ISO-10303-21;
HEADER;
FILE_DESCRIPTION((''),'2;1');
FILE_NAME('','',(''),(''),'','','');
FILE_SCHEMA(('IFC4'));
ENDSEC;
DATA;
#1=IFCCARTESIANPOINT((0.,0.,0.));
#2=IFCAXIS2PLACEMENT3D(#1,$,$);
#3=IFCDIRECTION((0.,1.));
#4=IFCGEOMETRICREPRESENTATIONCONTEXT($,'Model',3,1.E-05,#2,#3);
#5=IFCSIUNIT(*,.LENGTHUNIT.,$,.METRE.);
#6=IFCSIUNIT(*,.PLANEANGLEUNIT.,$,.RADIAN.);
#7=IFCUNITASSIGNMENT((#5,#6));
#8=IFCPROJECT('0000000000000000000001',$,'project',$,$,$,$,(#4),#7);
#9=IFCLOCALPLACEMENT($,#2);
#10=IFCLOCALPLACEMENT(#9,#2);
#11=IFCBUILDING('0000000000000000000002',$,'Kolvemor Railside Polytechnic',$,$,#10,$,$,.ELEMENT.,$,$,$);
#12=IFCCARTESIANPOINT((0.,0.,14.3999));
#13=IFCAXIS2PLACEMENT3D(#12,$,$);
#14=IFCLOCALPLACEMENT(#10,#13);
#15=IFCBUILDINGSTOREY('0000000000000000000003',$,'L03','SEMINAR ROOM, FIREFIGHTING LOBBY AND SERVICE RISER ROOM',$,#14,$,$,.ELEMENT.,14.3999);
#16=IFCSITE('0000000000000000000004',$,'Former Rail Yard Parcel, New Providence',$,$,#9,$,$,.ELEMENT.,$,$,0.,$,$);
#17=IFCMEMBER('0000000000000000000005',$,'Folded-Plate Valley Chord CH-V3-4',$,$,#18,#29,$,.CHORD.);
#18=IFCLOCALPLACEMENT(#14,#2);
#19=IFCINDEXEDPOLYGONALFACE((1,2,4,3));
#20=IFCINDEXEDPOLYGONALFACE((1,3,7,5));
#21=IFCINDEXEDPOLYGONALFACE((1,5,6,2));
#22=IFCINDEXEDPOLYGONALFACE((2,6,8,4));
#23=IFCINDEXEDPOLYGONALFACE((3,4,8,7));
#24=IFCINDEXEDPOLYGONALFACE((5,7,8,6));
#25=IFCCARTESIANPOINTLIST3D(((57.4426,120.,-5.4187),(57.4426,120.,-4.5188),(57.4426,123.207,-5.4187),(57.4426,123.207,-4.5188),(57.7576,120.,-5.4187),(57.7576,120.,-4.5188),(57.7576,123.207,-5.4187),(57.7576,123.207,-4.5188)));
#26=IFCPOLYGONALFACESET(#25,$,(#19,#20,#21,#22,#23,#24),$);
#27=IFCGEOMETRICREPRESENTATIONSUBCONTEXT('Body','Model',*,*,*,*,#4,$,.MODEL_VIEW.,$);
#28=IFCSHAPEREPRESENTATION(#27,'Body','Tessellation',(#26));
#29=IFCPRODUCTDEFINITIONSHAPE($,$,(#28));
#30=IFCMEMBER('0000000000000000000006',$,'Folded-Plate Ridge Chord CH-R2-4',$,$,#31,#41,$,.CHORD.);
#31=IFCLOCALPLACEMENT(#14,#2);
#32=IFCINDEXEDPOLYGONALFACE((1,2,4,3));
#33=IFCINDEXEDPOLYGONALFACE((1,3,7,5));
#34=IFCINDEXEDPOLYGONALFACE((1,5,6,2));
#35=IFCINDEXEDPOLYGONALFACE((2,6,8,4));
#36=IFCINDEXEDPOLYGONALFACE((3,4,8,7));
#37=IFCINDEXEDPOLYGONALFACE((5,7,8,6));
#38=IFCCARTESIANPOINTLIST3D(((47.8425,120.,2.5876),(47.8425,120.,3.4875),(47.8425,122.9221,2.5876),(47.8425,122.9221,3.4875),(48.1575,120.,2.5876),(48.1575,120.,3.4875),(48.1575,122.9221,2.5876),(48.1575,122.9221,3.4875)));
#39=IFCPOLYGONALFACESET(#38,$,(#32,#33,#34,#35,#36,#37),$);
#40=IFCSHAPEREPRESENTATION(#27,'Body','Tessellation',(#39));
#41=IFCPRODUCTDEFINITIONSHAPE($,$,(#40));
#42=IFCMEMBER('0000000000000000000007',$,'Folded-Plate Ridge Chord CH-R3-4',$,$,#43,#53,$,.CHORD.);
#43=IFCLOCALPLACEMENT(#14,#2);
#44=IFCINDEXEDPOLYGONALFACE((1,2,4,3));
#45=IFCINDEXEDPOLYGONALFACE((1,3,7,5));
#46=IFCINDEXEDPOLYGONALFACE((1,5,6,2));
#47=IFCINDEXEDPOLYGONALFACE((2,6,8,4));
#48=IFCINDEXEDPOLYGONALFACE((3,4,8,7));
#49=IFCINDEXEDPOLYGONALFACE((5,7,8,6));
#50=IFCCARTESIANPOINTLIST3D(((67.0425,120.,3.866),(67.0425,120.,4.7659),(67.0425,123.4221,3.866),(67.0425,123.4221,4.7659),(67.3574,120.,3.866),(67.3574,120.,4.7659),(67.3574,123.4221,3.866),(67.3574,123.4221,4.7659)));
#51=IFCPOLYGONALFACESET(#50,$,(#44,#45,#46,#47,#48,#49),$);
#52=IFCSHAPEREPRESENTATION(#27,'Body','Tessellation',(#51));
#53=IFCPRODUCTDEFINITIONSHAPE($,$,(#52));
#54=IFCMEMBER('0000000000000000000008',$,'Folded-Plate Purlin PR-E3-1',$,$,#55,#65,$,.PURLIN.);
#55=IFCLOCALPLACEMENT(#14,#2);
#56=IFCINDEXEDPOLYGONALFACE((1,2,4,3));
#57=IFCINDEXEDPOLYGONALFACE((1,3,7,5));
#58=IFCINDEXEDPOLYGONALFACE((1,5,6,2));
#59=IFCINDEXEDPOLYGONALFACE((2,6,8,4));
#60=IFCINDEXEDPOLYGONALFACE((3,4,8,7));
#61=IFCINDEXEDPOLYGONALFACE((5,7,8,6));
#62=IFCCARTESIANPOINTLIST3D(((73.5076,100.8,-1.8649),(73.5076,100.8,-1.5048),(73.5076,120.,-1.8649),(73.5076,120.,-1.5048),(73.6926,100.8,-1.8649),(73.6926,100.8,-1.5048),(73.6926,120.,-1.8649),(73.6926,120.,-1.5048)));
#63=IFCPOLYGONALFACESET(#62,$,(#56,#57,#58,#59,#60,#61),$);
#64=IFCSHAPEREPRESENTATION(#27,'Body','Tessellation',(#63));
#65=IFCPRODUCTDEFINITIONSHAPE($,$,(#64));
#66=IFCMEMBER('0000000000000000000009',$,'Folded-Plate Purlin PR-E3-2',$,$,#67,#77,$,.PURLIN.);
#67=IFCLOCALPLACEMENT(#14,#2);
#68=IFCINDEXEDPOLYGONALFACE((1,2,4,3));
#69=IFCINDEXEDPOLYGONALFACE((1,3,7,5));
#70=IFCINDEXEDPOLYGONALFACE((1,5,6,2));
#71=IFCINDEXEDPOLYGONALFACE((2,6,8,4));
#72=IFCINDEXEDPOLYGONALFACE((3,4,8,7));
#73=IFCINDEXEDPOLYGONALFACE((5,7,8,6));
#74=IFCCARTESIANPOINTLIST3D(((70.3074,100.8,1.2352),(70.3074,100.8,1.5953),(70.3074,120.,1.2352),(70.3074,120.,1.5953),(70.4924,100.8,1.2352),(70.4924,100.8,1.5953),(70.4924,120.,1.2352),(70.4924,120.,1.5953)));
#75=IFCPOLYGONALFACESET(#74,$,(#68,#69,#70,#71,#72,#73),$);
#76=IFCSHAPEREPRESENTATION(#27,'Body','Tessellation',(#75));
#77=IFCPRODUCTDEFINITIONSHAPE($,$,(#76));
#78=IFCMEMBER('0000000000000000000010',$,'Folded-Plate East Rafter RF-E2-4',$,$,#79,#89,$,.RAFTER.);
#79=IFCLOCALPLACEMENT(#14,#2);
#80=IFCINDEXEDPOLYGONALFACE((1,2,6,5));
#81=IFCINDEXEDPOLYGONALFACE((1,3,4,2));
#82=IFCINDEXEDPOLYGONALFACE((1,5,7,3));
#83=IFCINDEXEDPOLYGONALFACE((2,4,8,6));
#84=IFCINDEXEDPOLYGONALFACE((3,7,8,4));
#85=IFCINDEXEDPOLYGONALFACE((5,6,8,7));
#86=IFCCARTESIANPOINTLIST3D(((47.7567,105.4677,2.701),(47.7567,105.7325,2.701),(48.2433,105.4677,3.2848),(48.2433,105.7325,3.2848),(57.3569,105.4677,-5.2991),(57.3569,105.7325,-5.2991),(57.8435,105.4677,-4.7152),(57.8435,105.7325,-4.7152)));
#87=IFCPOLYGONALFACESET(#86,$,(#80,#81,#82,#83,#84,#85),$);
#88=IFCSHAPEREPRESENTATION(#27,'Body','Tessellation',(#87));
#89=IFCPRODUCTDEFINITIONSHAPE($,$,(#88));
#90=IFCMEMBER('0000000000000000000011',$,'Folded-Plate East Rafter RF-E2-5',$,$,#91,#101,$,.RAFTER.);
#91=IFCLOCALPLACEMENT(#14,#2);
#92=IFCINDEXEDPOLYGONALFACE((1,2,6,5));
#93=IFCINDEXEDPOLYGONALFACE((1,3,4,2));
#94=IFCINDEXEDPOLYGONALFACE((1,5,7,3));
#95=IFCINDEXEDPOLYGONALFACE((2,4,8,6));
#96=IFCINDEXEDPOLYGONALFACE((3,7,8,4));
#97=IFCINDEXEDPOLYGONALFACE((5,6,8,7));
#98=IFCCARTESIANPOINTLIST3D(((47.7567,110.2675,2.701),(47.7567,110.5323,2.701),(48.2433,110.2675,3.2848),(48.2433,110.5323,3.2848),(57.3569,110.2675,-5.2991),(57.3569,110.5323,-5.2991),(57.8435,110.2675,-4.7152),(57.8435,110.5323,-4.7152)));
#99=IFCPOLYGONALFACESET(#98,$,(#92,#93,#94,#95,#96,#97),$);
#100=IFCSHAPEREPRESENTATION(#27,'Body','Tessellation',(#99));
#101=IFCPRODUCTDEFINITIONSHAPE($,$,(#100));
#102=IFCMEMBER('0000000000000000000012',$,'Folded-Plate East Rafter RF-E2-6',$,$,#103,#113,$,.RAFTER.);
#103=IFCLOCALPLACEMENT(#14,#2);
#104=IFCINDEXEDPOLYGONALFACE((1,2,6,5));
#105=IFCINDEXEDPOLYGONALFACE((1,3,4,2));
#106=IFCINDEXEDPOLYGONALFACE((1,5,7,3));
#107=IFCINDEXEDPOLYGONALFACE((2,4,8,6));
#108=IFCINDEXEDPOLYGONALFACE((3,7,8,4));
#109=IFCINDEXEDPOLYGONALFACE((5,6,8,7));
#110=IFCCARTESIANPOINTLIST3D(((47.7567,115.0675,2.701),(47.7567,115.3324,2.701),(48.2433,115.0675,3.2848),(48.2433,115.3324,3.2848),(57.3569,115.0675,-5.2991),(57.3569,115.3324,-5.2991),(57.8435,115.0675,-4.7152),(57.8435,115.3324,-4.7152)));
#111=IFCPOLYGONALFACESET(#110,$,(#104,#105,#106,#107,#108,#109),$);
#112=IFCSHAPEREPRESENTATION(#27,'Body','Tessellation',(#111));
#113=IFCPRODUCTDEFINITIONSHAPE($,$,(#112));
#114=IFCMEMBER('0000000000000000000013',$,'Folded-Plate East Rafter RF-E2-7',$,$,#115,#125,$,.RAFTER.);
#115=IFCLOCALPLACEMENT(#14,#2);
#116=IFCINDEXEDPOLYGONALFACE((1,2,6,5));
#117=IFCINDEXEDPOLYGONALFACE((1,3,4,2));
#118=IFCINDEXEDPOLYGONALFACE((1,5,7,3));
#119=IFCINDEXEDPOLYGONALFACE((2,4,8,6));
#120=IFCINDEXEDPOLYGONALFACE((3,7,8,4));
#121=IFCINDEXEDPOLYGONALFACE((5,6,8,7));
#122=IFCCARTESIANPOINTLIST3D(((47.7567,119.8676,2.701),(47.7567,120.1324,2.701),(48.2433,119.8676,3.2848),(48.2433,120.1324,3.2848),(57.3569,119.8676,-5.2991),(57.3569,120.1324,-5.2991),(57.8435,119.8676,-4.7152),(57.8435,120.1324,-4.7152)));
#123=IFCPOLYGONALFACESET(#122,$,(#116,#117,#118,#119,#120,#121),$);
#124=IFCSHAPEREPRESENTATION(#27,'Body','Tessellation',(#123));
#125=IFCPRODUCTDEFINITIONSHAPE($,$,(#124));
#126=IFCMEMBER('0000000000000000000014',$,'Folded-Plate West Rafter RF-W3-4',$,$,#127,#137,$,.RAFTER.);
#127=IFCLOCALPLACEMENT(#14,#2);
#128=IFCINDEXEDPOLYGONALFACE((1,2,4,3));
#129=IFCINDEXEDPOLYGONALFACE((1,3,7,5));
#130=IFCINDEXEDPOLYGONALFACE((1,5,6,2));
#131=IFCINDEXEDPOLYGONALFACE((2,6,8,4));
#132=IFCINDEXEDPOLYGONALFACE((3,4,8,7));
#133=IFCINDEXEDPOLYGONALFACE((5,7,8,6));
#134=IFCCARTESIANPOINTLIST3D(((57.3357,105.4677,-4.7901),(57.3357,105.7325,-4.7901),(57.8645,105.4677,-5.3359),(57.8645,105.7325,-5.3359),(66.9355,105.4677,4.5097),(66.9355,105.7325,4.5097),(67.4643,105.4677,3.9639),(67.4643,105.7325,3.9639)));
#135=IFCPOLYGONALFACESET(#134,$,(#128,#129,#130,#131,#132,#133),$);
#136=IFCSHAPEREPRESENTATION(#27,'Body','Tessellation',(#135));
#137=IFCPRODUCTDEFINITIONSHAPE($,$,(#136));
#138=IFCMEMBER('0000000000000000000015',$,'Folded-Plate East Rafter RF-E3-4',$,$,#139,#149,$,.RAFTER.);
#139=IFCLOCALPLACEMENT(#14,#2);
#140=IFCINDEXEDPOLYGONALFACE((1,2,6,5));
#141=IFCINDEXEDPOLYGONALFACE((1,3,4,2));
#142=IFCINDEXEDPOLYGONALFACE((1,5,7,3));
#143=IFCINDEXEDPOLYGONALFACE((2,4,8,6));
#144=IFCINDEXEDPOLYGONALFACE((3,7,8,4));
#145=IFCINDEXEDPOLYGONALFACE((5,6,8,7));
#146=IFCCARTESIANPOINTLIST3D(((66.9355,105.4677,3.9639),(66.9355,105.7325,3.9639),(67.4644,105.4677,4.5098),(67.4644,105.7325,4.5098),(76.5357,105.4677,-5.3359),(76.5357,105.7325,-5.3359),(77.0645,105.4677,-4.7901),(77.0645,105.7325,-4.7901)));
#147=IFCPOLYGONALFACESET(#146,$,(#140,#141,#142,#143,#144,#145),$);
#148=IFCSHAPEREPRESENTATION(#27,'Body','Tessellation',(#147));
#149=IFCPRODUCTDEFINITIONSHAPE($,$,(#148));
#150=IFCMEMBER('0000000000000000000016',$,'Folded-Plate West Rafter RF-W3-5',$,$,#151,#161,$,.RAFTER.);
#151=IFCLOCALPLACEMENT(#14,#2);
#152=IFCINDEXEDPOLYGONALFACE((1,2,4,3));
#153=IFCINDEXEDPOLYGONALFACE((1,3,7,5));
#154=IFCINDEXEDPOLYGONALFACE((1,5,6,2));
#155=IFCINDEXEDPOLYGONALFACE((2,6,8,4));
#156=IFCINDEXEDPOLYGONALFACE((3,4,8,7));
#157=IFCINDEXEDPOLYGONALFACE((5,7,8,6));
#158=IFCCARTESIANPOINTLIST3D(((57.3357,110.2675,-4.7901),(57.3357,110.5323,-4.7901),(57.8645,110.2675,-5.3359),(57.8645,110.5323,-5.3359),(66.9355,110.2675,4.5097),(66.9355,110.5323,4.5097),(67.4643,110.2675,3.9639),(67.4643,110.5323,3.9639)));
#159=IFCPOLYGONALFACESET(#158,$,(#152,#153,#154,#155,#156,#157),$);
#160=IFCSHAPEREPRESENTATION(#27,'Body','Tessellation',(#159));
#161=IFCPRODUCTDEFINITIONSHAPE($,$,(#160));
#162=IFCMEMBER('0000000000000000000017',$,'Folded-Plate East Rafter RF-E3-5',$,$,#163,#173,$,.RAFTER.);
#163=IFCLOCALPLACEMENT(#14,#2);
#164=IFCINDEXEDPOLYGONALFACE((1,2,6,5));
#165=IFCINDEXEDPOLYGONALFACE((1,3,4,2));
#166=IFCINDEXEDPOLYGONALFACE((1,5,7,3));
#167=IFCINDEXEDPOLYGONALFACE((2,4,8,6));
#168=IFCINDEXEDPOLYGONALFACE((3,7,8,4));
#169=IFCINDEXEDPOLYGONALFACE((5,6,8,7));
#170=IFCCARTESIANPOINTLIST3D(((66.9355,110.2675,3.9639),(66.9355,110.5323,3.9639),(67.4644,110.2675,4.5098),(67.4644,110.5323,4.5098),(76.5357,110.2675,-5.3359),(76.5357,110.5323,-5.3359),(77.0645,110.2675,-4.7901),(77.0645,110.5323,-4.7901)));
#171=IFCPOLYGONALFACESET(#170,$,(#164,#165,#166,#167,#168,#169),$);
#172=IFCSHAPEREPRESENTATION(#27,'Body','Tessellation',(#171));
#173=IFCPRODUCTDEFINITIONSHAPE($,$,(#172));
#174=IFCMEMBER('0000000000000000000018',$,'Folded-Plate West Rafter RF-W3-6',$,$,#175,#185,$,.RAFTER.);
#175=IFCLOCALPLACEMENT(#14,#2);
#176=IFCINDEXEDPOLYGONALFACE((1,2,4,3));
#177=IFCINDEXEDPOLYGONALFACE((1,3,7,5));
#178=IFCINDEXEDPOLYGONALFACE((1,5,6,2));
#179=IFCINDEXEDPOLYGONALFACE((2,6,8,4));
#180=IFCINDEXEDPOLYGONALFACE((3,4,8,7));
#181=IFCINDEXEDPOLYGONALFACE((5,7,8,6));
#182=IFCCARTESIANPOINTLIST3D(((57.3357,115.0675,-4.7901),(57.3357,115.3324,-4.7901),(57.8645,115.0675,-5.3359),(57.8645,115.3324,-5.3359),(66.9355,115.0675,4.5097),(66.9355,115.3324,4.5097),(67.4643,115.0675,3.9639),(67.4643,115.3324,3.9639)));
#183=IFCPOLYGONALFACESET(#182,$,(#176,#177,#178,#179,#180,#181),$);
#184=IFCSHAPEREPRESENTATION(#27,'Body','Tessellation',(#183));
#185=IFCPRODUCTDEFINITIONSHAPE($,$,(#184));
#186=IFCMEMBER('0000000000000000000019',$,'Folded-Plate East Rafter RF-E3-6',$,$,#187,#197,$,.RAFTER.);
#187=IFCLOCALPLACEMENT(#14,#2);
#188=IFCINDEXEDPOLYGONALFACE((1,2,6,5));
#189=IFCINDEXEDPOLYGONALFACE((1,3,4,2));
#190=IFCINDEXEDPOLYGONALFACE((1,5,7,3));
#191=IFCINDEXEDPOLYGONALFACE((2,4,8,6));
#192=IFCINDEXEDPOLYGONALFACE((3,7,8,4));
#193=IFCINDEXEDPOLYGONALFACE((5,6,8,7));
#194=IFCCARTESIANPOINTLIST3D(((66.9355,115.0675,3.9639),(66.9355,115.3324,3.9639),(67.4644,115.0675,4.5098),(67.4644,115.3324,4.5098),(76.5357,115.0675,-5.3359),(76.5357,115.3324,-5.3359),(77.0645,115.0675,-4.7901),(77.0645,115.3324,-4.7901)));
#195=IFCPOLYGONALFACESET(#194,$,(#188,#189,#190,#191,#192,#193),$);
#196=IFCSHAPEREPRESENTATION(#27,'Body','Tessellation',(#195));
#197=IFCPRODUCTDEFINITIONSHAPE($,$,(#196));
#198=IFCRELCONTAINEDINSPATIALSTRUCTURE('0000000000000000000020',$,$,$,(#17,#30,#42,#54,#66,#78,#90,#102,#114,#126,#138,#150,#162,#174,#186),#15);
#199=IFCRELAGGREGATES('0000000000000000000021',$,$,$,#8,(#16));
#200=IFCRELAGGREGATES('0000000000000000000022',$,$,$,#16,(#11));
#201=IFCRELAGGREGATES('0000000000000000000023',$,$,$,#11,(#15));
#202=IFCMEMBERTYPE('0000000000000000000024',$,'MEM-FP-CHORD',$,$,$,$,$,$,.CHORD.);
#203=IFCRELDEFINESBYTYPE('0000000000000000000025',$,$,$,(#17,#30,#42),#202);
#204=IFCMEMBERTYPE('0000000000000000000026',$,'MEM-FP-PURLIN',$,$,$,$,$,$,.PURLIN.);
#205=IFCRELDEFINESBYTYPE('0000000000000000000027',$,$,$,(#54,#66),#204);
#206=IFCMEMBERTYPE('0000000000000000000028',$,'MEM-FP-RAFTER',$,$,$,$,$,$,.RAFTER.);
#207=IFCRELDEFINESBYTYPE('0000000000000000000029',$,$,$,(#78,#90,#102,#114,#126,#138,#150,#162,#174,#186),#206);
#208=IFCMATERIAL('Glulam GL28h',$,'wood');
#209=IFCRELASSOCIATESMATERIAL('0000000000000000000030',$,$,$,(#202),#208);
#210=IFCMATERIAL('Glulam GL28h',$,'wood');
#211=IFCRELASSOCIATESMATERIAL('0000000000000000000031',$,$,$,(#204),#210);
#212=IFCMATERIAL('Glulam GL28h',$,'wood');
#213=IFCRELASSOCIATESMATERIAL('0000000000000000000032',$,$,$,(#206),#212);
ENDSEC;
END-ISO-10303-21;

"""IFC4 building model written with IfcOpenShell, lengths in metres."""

from ifc_helpers import new_model, si_unit, direction, frame, origin, origin_2d, place, context, subcontext, project, spatial, rectangle, extrude, material, material_profile, profile_set, type_object, element, save


model = new_model("IFC4")

# Units and contexts
model_context = context("Model", 3, precision=1e-05, world=origin(), true_north=direction((0.0, 1.0)))
body_context = subcontext(model_context, "Body", "Model", "MODEL_VIEW")
ifc_project = project(units=[si_unit("LENGTHUNIT", "METRE"), si_unit("PLANEANGLEUNIT", "RADIAN")], contexts=[model_context])

# Site, building, storey
site_placement = place(None, origin())
site = spatial("IfcSite", under=ifc_project, at=site_placement, Name="Former Rail Yard Parcel, New Providence", CompositionType="ELEMENT", RefElevation=0.0)
building_placement = place(site_placement, origin())
building = spatial("IfcBuilding", under=site, at=building_placement, Name="Kolvemor Railside Polytechnic", CompositionType="ELEMENT")
storey_placement = place(building_placement, frame((0.0, 0.0, 14.3999)))
storey = spatial("IfcBuildingStorey", under=building, at=storey_placement, Name="L03", Description="SEMINAR ROOM, FIREFIGHTING LOBBY AND SERVICE RISER ROOM", CompositionType="ELEMENT", Elevation=14.3999)

# Members
ifc_material_1 = material(Name="Glulam GL28h", Category="wood")
ifc_material_profile_1 = material_profile(ifc_material_1, rectangle(XDim=0.3149, YDim=0.8999, at=origin_2d()), Name="GL315x900")
ifc_profile_set_1 = profile_set([ifc_material_profile_1], Name="Glulam GL28h")
member_type_1 = type_object("IfcMemberType", Name="MEM-FP-CHORD", PredefinedType="CHORD", material=ifc_profile_set_1)
member_1_placement = place(storey_placement, frame((57.6001, 120.0, -4.9688), z_axis=(0.0, 1.0, 0.0), x_axis=(-1.0, 0.0, 0.0)))
element("IfcMember", 1, at=member_1_placement, inside=storey, type_object=member_type_1, Name="Folded-Plate Valley Chord CH-V3-4", PredefinedType="CHORD", context=body_context, shape_type="SweptSolid", body=[
    extrude(rectangle(XDim=0.3149, YDim=0.8999, at=origin_2d()), origin(), (0.0, 0.0, 1.0), 3.207),
])
member_2_placement = place(storey_placement, frame((48.0, 120.0, 3.0376), z_axis=(0.0, 1.0, 0.0), x_axis=(-1.0, 0.0, 0.0)))
element("IfcMember", 2, at=member_2_placement, inside=storey, type_object=member_type_1, Name="Folded-Plate Ridge Chord CH-R2-4", PredefinedType="CHORD", context=body_context, shape_type="SweptSolid", body=[
    extrude(rectangle(XDim=0.3149, YDim=0.8999, at=origin_2d()), origin(), (0.0, 0.0, 1.0), 2.9221),
])
member_3_placement = place(storey_placement, frame((67.2, 120.0, 4.3159), z_axis=(0.0, 1.0, 0.0), x_axis=(-1.0, 0.0, 0.0)))
element("IfcMember", 3, at=member_3_placement, inside=storey, type_object=member_type_1, Name="Folded-Plate Ridge Chord CH-R3-4", PredefinedType="CHORD", context=body_context, shape_type="SweptSolid", body=[
    extrude(rectangle(XDim=0.3149, YDim=0.8999, at=origin_2d()), origin(), (0.0, 0.0, 1.0), 3.4221),
])
ifc_material_2 = material(Name="Glulam GL28h", Category="wood")
ifc_material_profile_2 = material_profile(ifc_material_2, rectangle(XDim=0.1851, YDim=0.3601, at=origin_2d()), Name="GL185x360")
ifc_profile_set_2 = profile_set([ifc_material_profile_2], Name="Glulam GL28h")
member_type_2 = type_object("IfcMemberType", Name="MEM-FP-PURLIN", PredefinedType="PURLIN", material=ifc_profile_set_2)
for number, where, z_axis, x_axis, name in (
    (4, (73.6001, 100.8, -1.6848), (0.0, 1.0, 0.0), (-1.0, 0.0, 0.0), "Folded-Plate Purlin PR-E3-1"),
    (5, (70.3999, 100.8, 1.4153), (0.0, 1.0, 0.0), (-1.0, 0.0, 0.0), "Folded-Plate Purlin PR-E3-2"),
):
    element("IfcMember", number, at=place(storey_placement, frame(where, z_axis=z_axis, x_axis=x_axis)), inside=storey, type_object=member_type_2, Name=name, PredefinedType="PURLIN", context=body_context, shape_type="SweptSolid", body=[
        extrude(rectangle(XDim=0.1851, YDim=0.3601, at=origin_2d()), origin(), (0.0, 0.0, 1.0), 19.2),
    ])
ifc_material_3 = material(Name="Glulam GL28h", Category="wood")
ifc_material_profile_3 = material_profile(ifc_material_3, rectangle(XDim=0.2649, YDim=0.76, at=origin_2d()), Name="GL265x760")
ifc_profile_set_3 = profile_set([ifc_material_profile_3], Name="Glulam GL28h")
member_type_3 = type_object("IfcMemberType", Name="MEM-FP-RAFTER", PredefinedType="RAFTER", material=ifc_profile_set_3)
for number, where, z_axis, x_axis, name in (
    (6, (48.0, 105.6001, 2.9929), (0.768224, 0.0, -0.640181), (0.0, 1.0, 0.0), "Folded-Plate East Rafter RF-E2-4"),
    (7, (48.0, 110.3999, 2.9929), (0.768224, 0.0, -0.640181), (0.0, 1.0, 0.0), "Folded-Plate East Rafter RF-E2-5"),
    (8, (48.0, 115.2, 2.9929), (0.768224, 0.0, -0.640181), (0.0, 1.0, 0.0), "Folded-Plate East Rafter RF-E2-6"),
    (9, (48.0, 120.0, 2.9929), (0.768224, 0.0, -0.640181), (0.0, 1.0, 0.0), "Folded-Plate East Rafter RF-E2-7"),
):
    element("IfcMember", number, at=place(storey_placement, frame(where, z_axis=z_axis, x_axis=x_axis)), inside=storey, type_object=member_type_3, Name=name, PredefinedType="RAFTER", context=body_context, shape_type="SweptSolid", body=[
        extrude(rectangle(XDim=0.2649, YDim=0.76, at=origin_2d()), origin(), (0.0, 0.0, 1.0), 12.4966),
    ])
member_4_placement = place(storey_placement, frame((57.6001, 105.6001, -5.063), z_axis=(0.718242, 0.0, 0.695793), x_axis=(0.0, 1.0, 0.0)))
element("IfcMember", 10, at=member_4_placement, inside=storey, type_object=member_type_3, Name="Folded-Plate West Rafter RF-W3-4", PredefinedType="RAFTER", context=body_context, shape_type="SweptSolid", body=[
    extrude(rectangle(XDim=0.2649, YDim=0.76, at=origin_2d()), origin(), (0.0, 0.0, 1.0), 13.3657),
])
member_5_placement = place(storey_placement, frame((67.2, 105.6001, 4.2368), z_axis=(0.718251, 0.0, -0.695784), x_axis=(0.0, 1.0, 0.0)))
element("IfcMember", 11, at=member_5_placement, inside=storey, type_object=member_type_3, Name="Folded-Plate East Rafter RF-E3-4", PredefinedType="RAFTER", context=body_context, shape_type="SweptSolid", body=[
    extrude(rectangle(XDim=0.2649, YDim=0.76, at=origin_2d()), origin(), (0.0, 0.0, 1.0), 13.366),
])
member_6_placement = place(storey_placement, frame((57.6001, 110.3999, -5.063), z_axis=(0.718242, 0.0, 0.695793), x_axis=(0.0, 1.0, 0.0)))
element("IfcMember", 12, at=member_6_placement, inside=storey, type_object=member_type_3, Name="Folded-Plate West Rafter RF-W3-5", PredefinedType="RAFTER", context=body_context, shape_type="SweptSolid", body=[
    extrude(rectangle(XDim=0.2649, YDim=0.76, at=origin_2d()), origin(), (0.0, 0.0, 1.0), 13.3657),
])
member_7_placement = place(storey_placement, frame((67.2, 110.3999, 4.2368), z_axis=(0.718251, 0.0, -0.695784), x_axis=(0.0, 1.0, 0.0)))
element("IfcMember", 13, at=member_7_placement, inside=storey, type_object=member_type_3, Name="Folded-Plate East Rafter RF-E3-5", PredefinedType="RAFTER", context=body_context, shape_type="SweptSolid", body=[
    extrude(rectangle(XDim=0.2649, YDim=0.76, at=origin_2d()), origin(), (0.0, 0.0, 1.0), 13.366),
])
member_8_placement = place(storey_placement, frame((57.6001, 115.2, -5.063), z_axis=(0.718242, 0.0, 0.695793), x_axis=(0.0, 1.0, 0.0)))
element("IfcMember", 14, at=member_8_placement, inside=storey, type_object=member_type_3, Name="Folded-Plate West Rafter RF-W3-6", PredefinedType="RAFTER", context=body_context, shape_type="SweptSolid", body=[
    extrude(rectangle(XDim=0.2649, YDim=0.76, at=origin_2d()), origin(), (0.0, 0.0, 1.0), 13.3657),
])
member_9_placement = place(storey_placement, frame((67.2, 115.2, 4.2368), z_axis=(0.718251, 0.0, -0.695784), x_axis=(0.0, 1.0, 0.0)))
element("IfcMember", 15, at=member_9_placement, inside=storey, type_object=member_type_3, Name="Folded-Plate East Rafter RF-E3-6", PredefinedType="RAFTER", context=body_context, shape_type="SweptSolid", body=[
    extrude(rectangle(XDim=0.2649, YDim=0.76, at=origin_2d()), origin(), (0.0, 0.0, 1.0), 13.366),
])

save(model, "model.ifc")
